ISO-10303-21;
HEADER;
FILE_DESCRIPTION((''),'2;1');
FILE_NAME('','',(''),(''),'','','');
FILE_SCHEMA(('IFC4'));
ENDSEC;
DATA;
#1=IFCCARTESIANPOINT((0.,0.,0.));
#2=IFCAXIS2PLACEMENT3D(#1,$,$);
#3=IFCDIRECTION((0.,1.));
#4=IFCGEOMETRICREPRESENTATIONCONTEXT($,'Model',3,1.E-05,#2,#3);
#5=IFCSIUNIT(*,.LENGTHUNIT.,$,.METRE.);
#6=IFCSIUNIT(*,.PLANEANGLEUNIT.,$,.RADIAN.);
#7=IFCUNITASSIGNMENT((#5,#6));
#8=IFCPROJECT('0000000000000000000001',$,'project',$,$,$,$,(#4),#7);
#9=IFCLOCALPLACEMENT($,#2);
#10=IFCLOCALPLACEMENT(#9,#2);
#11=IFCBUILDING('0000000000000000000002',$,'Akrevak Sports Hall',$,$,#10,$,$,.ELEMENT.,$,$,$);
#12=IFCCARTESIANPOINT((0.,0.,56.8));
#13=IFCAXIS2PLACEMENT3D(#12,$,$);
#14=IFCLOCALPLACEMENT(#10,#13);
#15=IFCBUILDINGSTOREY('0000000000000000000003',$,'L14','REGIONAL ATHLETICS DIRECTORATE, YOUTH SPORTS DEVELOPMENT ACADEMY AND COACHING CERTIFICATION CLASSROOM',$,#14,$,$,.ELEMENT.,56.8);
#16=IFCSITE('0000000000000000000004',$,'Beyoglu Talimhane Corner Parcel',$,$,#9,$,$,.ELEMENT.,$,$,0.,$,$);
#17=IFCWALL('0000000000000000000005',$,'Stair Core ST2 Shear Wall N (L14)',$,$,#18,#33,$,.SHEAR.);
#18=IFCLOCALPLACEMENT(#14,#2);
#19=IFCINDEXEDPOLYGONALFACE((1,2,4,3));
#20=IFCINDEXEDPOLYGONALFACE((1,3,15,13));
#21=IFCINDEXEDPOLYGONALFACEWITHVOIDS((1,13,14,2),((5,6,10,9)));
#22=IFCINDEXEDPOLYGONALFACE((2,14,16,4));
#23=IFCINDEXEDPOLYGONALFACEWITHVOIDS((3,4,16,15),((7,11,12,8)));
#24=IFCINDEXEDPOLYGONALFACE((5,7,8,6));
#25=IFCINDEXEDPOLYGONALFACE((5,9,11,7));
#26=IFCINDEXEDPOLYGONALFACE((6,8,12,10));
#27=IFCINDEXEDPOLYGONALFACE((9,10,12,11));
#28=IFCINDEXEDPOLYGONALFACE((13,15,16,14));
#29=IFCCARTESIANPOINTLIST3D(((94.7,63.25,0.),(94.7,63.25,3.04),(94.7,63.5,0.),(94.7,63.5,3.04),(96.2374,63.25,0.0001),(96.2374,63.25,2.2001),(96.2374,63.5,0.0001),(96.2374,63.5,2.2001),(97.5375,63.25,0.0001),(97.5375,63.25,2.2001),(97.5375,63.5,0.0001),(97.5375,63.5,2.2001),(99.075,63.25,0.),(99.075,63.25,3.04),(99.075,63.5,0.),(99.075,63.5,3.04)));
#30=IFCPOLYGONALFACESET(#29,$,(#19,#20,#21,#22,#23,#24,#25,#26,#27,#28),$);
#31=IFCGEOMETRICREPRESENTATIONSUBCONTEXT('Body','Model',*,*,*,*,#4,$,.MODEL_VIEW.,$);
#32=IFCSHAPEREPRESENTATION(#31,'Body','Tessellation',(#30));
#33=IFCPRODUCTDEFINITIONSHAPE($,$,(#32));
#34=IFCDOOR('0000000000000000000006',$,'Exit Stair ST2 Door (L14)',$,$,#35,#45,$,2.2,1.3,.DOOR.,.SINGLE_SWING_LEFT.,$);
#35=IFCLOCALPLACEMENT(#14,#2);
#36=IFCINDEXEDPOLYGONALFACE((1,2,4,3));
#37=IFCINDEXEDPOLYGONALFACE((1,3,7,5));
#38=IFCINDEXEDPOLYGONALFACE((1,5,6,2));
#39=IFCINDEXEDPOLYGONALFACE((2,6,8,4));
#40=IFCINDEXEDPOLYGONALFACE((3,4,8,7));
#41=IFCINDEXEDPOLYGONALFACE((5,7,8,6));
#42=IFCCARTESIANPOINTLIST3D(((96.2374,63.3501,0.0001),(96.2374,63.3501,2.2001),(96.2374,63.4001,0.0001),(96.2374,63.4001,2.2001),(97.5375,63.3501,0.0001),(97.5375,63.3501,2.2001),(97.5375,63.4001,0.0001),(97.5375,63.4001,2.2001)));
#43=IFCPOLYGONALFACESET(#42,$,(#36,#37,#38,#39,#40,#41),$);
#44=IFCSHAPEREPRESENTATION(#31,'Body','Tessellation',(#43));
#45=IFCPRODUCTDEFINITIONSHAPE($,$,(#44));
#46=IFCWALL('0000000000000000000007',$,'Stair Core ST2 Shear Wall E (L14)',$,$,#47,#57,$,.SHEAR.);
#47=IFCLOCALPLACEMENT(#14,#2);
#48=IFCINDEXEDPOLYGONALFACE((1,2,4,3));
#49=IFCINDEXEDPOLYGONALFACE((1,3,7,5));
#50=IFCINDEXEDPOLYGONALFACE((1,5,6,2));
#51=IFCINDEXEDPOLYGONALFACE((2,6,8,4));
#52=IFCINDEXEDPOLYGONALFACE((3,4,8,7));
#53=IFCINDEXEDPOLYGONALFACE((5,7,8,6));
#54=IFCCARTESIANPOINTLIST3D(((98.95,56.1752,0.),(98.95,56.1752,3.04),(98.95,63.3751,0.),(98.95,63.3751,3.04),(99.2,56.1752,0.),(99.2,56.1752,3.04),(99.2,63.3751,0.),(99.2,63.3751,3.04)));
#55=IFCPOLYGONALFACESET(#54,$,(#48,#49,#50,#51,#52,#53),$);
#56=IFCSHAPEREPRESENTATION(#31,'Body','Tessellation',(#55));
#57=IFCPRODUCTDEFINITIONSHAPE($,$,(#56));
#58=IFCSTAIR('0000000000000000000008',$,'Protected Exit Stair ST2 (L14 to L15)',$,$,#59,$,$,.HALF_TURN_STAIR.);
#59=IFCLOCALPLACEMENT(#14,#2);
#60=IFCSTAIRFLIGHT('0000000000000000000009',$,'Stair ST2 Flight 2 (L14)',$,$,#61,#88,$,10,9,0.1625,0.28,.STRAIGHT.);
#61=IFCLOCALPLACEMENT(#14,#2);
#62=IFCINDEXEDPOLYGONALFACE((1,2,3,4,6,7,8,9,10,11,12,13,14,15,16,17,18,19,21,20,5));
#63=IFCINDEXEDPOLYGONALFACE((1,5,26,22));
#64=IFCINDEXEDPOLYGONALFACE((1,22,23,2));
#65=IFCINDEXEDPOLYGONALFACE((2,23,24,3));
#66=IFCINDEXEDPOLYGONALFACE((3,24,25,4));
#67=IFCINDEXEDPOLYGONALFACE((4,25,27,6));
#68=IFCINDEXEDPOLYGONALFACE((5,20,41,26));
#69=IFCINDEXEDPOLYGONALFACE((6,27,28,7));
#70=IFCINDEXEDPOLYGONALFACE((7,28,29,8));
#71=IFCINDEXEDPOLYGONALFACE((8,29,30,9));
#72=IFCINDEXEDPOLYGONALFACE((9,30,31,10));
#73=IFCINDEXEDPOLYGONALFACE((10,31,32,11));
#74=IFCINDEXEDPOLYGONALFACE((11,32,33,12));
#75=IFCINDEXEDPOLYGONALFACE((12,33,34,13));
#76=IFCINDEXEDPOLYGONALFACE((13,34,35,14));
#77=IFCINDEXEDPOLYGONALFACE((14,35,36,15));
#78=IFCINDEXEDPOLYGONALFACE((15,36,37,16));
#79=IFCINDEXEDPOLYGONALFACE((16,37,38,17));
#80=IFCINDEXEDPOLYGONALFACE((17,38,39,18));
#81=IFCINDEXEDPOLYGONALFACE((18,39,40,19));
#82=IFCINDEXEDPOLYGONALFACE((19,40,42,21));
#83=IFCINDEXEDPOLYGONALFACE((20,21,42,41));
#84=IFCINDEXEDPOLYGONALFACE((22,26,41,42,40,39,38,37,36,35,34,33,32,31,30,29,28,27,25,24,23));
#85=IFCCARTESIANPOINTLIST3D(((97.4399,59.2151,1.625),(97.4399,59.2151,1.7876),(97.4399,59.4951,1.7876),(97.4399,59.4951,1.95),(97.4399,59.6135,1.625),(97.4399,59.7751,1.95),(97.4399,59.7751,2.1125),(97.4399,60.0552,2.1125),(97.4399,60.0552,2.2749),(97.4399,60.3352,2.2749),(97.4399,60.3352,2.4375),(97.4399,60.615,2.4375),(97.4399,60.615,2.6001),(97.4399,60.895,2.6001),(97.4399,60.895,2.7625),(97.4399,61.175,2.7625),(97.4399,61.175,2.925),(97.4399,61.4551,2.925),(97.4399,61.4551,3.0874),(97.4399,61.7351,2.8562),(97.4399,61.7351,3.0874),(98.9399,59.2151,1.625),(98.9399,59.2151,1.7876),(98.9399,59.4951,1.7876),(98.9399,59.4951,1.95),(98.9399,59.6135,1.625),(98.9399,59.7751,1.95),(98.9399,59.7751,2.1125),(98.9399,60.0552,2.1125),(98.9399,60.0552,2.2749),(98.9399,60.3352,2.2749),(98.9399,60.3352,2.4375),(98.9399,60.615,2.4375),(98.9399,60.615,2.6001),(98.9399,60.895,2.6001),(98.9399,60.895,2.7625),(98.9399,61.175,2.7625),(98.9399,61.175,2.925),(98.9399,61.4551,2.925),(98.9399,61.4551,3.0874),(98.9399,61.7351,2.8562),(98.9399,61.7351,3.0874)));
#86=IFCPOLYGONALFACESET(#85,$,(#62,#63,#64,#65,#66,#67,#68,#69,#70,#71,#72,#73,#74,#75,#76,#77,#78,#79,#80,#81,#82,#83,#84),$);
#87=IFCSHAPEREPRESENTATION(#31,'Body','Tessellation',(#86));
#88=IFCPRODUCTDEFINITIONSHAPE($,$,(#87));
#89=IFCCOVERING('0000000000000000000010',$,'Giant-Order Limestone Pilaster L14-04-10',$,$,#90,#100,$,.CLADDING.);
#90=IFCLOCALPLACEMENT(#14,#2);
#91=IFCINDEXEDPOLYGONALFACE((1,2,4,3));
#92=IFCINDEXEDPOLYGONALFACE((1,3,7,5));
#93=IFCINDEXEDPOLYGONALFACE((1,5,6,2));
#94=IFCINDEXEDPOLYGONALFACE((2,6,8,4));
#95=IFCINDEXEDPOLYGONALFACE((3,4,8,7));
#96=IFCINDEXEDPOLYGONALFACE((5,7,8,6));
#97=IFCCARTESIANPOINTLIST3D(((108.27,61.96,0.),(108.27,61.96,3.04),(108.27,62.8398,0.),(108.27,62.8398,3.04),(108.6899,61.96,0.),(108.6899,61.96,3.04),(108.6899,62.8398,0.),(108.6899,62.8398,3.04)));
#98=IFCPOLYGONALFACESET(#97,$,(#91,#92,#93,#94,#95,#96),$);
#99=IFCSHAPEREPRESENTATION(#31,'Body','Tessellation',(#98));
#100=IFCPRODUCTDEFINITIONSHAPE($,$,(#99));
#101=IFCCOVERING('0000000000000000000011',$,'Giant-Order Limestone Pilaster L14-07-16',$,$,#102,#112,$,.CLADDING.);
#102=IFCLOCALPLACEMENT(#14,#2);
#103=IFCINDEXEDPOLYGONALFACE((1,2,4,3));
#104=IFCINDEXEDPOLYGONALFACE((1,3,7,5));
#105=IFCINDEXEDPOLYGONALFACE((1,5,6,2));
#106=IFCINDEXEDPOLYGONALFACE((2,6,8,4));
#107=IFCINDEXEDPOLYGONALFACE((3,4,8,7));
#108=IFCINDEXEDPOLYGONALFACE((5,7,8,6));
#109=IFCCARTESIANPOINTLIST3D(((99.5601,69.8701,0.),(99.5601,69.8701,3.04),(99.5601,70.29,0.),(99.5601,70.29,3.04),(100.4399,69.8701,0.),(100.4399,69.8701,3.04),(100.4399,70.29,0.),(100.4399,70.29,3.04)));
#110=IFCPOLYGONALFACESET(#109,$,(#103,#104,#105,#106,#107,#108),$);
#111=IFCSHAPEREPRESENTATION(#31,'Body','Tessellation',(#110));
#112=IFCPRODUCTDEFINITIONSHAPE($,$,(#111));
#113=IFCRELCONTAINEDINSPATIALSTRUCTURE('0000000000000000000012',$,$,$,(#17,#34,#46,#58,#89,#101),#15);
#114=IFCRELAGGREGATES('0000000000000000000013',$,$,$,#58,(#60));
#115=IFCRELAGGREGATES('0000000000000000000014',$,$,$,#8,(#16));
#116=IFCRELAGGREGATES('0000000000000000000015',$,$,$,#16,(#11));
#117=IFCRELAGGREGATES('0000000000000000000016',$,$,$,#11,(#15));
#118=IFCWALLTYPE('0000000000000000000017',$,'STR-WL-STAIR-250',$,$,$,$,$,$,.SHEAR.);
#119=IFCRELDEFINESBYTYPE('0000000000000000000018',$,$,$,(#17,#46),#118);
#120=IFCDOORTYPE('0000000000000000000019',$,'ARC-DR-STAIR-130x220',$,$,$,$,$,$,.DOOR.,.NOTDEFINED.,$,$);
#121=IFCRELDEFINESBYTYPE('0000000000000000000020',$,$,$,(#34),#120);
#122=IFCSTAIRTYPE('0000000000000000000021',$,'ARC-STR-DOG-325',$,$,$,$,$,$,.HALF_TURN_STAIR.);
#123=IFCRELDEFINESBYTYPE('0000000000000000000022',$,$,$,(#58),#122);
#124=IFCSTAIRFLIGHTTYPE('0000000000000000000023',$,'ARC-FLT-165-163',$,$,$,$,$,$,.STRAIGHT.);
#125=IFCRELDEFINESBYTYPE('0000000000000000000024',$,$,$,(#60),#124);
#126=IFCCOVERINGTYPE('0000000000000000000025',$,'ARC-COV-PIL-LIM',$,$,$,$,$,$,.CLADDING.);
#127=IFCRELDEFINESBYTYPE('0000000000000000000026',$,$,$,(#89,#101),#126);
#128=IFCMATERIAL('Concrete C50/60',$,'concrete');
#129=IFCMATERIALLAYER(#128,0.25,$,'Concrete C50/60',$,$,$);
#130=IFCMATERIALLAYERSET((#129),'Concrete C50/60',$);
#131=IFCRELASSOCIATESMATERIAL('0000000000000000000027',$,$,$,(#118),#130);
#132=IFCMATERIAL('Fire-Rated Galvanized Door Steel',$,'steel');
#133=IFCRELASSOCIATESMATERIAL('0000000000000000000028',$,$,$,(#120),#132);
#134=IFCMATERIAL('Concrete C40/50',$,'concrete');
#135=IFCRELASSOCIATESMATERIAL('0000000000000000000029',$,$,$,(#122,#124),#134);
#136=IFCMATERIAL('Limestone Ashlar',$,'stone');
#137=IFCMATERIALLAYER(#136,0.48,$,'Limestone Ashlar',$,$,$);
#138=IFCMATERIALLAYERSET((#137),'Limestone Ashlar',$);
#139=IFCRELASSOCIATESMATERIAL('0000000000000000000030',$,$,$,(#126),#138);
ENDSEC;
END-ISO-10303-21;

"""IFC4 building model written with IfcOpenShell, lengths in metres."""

from ifc_helpers import new_model, si_unit, direction, frame, frame_2d, origin, origin_2d, place, context, subcontext, project, spatial, polyline, rectangle, outline, extrude, material, layer, layer_set, type_object, element, fill, aggregate, save


model = new_model("IFC4")

# Units and contexts
model_context = context("Model", 3, precision=1e-05, world=origin(), true_north=direction((0.0, 1.0)))
body_context = subcontext(model_context, "Body", "Model", "MODEL_VIEW")
ifc_project = project(units=[si_unit("LENGTHUNIT", "METRE"), si_unit("PLANEANGLEUNIT", "RADIAN")], contexts=[model_context])

# Site, building, storey
site_placement = place(None, origin())
site = spatial("IfcSite", under=ifc_project, at=site_placement, Name="Beyoglu Talimhane Corner Parcel", CompositionType="ELEMENT", RefElevation=0.0)
building_placement = place(site_placement, origin())
building = spatial("IfcBuilding", under=site, at=building_placement, Name="Akrevak Sports Hall", CompositionType="ELEMENT")
storey_placement = place(building_placement, frame((0.0, 0.0, 56.8)))
storey = spatial("IfcBuildingStorey", under=building, at=storey_placement, Name="L14", Description="REGIONAL ATHLETICS DIRECTORATE, YOUTH SPORTS DEVELOPMENT ACADEMY AND COACHING CERTIFICATION CLASSROOM", CompositionType="ELEMENT", Elevation=56.8)

# Shared definitions
ifc_material_1 = material(Name="Concrete C40/50", Category="concrete")

# Shared definitions
ifc_material_2 = material(Name="Limestone Ashlar", Category="stone")

# Shared definitions
ifc_material_3 = material(Name="Concrete C50/60", Category="concrete")

# Wall, opening, door
ifc_layer_1 = layer(ifc_material_3, 0.25, Name="Concrete C50/60")
ifc_layer_set_1 = layer_set([ifc_layer_1], Name="Concrete C50/60")
wall_type_1 = type_object("IfcWallType", Name="STR-WL-STAIR-250", PredefinedType="SHEAR", material=ifc_layer_set_1)
wall_1_placement = place(storey_placement, frame((99.075, 63.375, 0.0), z_axis=(0.0, 0.0, 1.0), x_axis=(-1.0, 0.0, 0.0)))
wall_1 = element("IfcWall", 1, at=wall_1_placement, inside=storey, type_object=wall_type_1, Name="Stair Core ST2 Shear Wall N (L14)", PredefinedType="SHEAR", context=body_context, shape_type="SweptSolid", body=[
    extrude(rectangle(XDim=4.375, YDim=0.25, at=frame_2d((2.1875, 0.0))), origin(), (0.0, 0.0, 1.0), 3.04),
])
opening_1_placement = place(wall_1_placement, frame((1.5376, 0.0, 0.0)))
opening_1 = element("IfcOpeningElement", 2, at=opening_1_placement, cuts=wall_1, PredefinedType="OPENING", context=body_context, shape_type="SweptSolid", body=[
    extrude(rectangle(XDim=1.3, YDim=2.2, at=frame_2d((0.6499, 1.1001))), frame((0.0, 0.137, 0.0), z_axis=(0.0, -1.0, 0.0), x_axis=(1.0, 0.0, 0.0)), (0.0, 0.0, 1.0), 0.2739),
])
ifc_material_4 = material(Name="Fire-Rated Galvanized Door Steel", Category="steel")
door_type = type_object("IfcDoorType", Name="ARC-DR-STAIR-130x220", OperationType="NOTDEFINED", PredefinedType="DOOR", material=ifc_material_4)
door_placement = place(opening_1_placement, origin())
door = element("IfcDoor", 3, at=door_placement, inside=storey, type_object=door_type, Name="Exit Stair ST2 Door (L14)", OperationType="SINGLE_SWING_LEFT", OverallHeight=2.2, OverallWidth=1.3, PredefinedType="DOOR", context=body_context, shape_type="SweptSolid", body=[
    extrude(rectangle(XDim=1.3, YDim=2.2, at=frame_2d((0.6499, 1.1001))), frame((0.0, 0.0249, 0.0), z_axis=(0.0, -1.0, 0.0), x_axis=(1.0, 0.0, 0.0)), (0.0, 0.0, 1.0), 0.05),
])
fill(opening_1, door)

# Wall
wall_2_placement = place(storey_placement, frame((99.075, 56.175, 0.0), z_axis=(0.0, 0.0, 1.0), x_axis=(0.0, 1.0, 0.0)))
element("IfcWall", 4, at=wall_2_placement, inside=storey, type_object=wall_type_1, Name="Stair Core ST2 Shear Wall E (L14)", PredefinedType="SHEAR", context=body_context, shape_type="SweptSolid", body=[
    extrude(rectangle(XDim=7.2, YDim=0.25, at=frame_2d((3.6001, 0.0))), origin(), (0.0, 0.0, 1.0), 3.04),
])

# Stair, stair flight
stair_type = type_object("IfcStairType", Name="ARC-STR-DOG-325", PredefinedType="HALF_TURN_STAIR", material=ifc_material_1)
stair_placement = place(storey_placement, origin())
stair = element("IfcStair", 5, at=stair_placement, inside=storey, type_object=stair_type, Name="Protected Exit Stair ST2 (L14 to L15)", PredefinedType="HALF_TURN_STAIR")
stair_flight_type = type_object("IfcStairFlightType", Name="ARC-FLT-165-163", PredefinedType="STRAIGHT", material=ifc_material_1)
stair_flight_placement = place(storey_placement, frame((98.1899, 59.2151, 1.625), z_axis=(0.0, 0.0, 1.0), x_axis=(0.0, 1.0, 0.0)))
stair_flight = element("IfcStairFlight", 6, at=stair_flight_placement, type_object=stair_flight_type, Name="Stair ST2 Flight 2 (L14)", NumberOfRisers=10, NumberOfTreads=9, PredefinedType="STRAIGHT", RiserHeight=0.1625, TreadLength=0.28, context=body_context, shape_type="SweptSolid", body=[
    extrude(outline(polyline([(0.0, 0.0), (0.0, 0.1626), (0.28, 0.1626), (0.28, 0.325), (0.5601, 0.325), (0.5601, 0.4875), (0.8401, 0.4875), (0.8401, 0.6499), (1.1201, 0.6499), (1.1201, 0.8125), (1.3999, 0.8125), (1.3999, 0.9751), (1.6799, 0.9751), (1.6799, 1.1375), (1.96, 1.1375), (1.96, 1.3), (2.24, 1.3), (2.24, 1.4624), (2.52, 1.4624), (2.52, 1.625), (2.52, 1.2312), (0.3984, 0.0), (0.0, 0.0)])), frame((0.0, 0.75, 0.0), z_axis=(0.0, -1.0, 0.0), x_axis=(1.0, 0.0, 0.0)), (0.0, 0.0, 1.0), 1.5),
])
aggregate(stair, [stair_flight])

# Coverings
ifc_layer_2 = layer(ifc_material_2, 0.48, Name="Limestone Ashlar")
ifc_layer_set_2 = layer_set([ifc_layer_2], Name="Limestone Ashlar")
covering_type = type_object("IfcCoveringType", Name="ARC-COV-PIL-LIM", PredefinedType="CLADDING", material=ifc_layer_set_2)
for number, where, z_axis, x_axis, name in (
    (7, (108.48, 62.3999, 0.0), (0.0, 0.0, 1.0), (0.0, 1.0, 0.0), "Giant-Order Limestone Pilaster L14-04-10"),
    (8, (100.0, 70.0801, 0.0), (0.0, 0.0, 1.0), (-1.0, 0.0, 0.0), "Giant-Order Limestone Pilaster L14-07-16"),
):
    element("IfcCovering", number, at=place(storey_placement, frame(where, z_axis=z_axis, x_axis=x_axis)), inside=storey, type_object=covering_type, Name=name, PredefinedType="CLADDING", context=body_context, shape_type="SweptSolid", body=[
        extrude(rectangle(XDim=0.8799, YDim=0.4199, at=origin_2d()), origin(), (0.0, 0.0, 1.0), 3.04),
    ])

save(model, "model.ifc")
